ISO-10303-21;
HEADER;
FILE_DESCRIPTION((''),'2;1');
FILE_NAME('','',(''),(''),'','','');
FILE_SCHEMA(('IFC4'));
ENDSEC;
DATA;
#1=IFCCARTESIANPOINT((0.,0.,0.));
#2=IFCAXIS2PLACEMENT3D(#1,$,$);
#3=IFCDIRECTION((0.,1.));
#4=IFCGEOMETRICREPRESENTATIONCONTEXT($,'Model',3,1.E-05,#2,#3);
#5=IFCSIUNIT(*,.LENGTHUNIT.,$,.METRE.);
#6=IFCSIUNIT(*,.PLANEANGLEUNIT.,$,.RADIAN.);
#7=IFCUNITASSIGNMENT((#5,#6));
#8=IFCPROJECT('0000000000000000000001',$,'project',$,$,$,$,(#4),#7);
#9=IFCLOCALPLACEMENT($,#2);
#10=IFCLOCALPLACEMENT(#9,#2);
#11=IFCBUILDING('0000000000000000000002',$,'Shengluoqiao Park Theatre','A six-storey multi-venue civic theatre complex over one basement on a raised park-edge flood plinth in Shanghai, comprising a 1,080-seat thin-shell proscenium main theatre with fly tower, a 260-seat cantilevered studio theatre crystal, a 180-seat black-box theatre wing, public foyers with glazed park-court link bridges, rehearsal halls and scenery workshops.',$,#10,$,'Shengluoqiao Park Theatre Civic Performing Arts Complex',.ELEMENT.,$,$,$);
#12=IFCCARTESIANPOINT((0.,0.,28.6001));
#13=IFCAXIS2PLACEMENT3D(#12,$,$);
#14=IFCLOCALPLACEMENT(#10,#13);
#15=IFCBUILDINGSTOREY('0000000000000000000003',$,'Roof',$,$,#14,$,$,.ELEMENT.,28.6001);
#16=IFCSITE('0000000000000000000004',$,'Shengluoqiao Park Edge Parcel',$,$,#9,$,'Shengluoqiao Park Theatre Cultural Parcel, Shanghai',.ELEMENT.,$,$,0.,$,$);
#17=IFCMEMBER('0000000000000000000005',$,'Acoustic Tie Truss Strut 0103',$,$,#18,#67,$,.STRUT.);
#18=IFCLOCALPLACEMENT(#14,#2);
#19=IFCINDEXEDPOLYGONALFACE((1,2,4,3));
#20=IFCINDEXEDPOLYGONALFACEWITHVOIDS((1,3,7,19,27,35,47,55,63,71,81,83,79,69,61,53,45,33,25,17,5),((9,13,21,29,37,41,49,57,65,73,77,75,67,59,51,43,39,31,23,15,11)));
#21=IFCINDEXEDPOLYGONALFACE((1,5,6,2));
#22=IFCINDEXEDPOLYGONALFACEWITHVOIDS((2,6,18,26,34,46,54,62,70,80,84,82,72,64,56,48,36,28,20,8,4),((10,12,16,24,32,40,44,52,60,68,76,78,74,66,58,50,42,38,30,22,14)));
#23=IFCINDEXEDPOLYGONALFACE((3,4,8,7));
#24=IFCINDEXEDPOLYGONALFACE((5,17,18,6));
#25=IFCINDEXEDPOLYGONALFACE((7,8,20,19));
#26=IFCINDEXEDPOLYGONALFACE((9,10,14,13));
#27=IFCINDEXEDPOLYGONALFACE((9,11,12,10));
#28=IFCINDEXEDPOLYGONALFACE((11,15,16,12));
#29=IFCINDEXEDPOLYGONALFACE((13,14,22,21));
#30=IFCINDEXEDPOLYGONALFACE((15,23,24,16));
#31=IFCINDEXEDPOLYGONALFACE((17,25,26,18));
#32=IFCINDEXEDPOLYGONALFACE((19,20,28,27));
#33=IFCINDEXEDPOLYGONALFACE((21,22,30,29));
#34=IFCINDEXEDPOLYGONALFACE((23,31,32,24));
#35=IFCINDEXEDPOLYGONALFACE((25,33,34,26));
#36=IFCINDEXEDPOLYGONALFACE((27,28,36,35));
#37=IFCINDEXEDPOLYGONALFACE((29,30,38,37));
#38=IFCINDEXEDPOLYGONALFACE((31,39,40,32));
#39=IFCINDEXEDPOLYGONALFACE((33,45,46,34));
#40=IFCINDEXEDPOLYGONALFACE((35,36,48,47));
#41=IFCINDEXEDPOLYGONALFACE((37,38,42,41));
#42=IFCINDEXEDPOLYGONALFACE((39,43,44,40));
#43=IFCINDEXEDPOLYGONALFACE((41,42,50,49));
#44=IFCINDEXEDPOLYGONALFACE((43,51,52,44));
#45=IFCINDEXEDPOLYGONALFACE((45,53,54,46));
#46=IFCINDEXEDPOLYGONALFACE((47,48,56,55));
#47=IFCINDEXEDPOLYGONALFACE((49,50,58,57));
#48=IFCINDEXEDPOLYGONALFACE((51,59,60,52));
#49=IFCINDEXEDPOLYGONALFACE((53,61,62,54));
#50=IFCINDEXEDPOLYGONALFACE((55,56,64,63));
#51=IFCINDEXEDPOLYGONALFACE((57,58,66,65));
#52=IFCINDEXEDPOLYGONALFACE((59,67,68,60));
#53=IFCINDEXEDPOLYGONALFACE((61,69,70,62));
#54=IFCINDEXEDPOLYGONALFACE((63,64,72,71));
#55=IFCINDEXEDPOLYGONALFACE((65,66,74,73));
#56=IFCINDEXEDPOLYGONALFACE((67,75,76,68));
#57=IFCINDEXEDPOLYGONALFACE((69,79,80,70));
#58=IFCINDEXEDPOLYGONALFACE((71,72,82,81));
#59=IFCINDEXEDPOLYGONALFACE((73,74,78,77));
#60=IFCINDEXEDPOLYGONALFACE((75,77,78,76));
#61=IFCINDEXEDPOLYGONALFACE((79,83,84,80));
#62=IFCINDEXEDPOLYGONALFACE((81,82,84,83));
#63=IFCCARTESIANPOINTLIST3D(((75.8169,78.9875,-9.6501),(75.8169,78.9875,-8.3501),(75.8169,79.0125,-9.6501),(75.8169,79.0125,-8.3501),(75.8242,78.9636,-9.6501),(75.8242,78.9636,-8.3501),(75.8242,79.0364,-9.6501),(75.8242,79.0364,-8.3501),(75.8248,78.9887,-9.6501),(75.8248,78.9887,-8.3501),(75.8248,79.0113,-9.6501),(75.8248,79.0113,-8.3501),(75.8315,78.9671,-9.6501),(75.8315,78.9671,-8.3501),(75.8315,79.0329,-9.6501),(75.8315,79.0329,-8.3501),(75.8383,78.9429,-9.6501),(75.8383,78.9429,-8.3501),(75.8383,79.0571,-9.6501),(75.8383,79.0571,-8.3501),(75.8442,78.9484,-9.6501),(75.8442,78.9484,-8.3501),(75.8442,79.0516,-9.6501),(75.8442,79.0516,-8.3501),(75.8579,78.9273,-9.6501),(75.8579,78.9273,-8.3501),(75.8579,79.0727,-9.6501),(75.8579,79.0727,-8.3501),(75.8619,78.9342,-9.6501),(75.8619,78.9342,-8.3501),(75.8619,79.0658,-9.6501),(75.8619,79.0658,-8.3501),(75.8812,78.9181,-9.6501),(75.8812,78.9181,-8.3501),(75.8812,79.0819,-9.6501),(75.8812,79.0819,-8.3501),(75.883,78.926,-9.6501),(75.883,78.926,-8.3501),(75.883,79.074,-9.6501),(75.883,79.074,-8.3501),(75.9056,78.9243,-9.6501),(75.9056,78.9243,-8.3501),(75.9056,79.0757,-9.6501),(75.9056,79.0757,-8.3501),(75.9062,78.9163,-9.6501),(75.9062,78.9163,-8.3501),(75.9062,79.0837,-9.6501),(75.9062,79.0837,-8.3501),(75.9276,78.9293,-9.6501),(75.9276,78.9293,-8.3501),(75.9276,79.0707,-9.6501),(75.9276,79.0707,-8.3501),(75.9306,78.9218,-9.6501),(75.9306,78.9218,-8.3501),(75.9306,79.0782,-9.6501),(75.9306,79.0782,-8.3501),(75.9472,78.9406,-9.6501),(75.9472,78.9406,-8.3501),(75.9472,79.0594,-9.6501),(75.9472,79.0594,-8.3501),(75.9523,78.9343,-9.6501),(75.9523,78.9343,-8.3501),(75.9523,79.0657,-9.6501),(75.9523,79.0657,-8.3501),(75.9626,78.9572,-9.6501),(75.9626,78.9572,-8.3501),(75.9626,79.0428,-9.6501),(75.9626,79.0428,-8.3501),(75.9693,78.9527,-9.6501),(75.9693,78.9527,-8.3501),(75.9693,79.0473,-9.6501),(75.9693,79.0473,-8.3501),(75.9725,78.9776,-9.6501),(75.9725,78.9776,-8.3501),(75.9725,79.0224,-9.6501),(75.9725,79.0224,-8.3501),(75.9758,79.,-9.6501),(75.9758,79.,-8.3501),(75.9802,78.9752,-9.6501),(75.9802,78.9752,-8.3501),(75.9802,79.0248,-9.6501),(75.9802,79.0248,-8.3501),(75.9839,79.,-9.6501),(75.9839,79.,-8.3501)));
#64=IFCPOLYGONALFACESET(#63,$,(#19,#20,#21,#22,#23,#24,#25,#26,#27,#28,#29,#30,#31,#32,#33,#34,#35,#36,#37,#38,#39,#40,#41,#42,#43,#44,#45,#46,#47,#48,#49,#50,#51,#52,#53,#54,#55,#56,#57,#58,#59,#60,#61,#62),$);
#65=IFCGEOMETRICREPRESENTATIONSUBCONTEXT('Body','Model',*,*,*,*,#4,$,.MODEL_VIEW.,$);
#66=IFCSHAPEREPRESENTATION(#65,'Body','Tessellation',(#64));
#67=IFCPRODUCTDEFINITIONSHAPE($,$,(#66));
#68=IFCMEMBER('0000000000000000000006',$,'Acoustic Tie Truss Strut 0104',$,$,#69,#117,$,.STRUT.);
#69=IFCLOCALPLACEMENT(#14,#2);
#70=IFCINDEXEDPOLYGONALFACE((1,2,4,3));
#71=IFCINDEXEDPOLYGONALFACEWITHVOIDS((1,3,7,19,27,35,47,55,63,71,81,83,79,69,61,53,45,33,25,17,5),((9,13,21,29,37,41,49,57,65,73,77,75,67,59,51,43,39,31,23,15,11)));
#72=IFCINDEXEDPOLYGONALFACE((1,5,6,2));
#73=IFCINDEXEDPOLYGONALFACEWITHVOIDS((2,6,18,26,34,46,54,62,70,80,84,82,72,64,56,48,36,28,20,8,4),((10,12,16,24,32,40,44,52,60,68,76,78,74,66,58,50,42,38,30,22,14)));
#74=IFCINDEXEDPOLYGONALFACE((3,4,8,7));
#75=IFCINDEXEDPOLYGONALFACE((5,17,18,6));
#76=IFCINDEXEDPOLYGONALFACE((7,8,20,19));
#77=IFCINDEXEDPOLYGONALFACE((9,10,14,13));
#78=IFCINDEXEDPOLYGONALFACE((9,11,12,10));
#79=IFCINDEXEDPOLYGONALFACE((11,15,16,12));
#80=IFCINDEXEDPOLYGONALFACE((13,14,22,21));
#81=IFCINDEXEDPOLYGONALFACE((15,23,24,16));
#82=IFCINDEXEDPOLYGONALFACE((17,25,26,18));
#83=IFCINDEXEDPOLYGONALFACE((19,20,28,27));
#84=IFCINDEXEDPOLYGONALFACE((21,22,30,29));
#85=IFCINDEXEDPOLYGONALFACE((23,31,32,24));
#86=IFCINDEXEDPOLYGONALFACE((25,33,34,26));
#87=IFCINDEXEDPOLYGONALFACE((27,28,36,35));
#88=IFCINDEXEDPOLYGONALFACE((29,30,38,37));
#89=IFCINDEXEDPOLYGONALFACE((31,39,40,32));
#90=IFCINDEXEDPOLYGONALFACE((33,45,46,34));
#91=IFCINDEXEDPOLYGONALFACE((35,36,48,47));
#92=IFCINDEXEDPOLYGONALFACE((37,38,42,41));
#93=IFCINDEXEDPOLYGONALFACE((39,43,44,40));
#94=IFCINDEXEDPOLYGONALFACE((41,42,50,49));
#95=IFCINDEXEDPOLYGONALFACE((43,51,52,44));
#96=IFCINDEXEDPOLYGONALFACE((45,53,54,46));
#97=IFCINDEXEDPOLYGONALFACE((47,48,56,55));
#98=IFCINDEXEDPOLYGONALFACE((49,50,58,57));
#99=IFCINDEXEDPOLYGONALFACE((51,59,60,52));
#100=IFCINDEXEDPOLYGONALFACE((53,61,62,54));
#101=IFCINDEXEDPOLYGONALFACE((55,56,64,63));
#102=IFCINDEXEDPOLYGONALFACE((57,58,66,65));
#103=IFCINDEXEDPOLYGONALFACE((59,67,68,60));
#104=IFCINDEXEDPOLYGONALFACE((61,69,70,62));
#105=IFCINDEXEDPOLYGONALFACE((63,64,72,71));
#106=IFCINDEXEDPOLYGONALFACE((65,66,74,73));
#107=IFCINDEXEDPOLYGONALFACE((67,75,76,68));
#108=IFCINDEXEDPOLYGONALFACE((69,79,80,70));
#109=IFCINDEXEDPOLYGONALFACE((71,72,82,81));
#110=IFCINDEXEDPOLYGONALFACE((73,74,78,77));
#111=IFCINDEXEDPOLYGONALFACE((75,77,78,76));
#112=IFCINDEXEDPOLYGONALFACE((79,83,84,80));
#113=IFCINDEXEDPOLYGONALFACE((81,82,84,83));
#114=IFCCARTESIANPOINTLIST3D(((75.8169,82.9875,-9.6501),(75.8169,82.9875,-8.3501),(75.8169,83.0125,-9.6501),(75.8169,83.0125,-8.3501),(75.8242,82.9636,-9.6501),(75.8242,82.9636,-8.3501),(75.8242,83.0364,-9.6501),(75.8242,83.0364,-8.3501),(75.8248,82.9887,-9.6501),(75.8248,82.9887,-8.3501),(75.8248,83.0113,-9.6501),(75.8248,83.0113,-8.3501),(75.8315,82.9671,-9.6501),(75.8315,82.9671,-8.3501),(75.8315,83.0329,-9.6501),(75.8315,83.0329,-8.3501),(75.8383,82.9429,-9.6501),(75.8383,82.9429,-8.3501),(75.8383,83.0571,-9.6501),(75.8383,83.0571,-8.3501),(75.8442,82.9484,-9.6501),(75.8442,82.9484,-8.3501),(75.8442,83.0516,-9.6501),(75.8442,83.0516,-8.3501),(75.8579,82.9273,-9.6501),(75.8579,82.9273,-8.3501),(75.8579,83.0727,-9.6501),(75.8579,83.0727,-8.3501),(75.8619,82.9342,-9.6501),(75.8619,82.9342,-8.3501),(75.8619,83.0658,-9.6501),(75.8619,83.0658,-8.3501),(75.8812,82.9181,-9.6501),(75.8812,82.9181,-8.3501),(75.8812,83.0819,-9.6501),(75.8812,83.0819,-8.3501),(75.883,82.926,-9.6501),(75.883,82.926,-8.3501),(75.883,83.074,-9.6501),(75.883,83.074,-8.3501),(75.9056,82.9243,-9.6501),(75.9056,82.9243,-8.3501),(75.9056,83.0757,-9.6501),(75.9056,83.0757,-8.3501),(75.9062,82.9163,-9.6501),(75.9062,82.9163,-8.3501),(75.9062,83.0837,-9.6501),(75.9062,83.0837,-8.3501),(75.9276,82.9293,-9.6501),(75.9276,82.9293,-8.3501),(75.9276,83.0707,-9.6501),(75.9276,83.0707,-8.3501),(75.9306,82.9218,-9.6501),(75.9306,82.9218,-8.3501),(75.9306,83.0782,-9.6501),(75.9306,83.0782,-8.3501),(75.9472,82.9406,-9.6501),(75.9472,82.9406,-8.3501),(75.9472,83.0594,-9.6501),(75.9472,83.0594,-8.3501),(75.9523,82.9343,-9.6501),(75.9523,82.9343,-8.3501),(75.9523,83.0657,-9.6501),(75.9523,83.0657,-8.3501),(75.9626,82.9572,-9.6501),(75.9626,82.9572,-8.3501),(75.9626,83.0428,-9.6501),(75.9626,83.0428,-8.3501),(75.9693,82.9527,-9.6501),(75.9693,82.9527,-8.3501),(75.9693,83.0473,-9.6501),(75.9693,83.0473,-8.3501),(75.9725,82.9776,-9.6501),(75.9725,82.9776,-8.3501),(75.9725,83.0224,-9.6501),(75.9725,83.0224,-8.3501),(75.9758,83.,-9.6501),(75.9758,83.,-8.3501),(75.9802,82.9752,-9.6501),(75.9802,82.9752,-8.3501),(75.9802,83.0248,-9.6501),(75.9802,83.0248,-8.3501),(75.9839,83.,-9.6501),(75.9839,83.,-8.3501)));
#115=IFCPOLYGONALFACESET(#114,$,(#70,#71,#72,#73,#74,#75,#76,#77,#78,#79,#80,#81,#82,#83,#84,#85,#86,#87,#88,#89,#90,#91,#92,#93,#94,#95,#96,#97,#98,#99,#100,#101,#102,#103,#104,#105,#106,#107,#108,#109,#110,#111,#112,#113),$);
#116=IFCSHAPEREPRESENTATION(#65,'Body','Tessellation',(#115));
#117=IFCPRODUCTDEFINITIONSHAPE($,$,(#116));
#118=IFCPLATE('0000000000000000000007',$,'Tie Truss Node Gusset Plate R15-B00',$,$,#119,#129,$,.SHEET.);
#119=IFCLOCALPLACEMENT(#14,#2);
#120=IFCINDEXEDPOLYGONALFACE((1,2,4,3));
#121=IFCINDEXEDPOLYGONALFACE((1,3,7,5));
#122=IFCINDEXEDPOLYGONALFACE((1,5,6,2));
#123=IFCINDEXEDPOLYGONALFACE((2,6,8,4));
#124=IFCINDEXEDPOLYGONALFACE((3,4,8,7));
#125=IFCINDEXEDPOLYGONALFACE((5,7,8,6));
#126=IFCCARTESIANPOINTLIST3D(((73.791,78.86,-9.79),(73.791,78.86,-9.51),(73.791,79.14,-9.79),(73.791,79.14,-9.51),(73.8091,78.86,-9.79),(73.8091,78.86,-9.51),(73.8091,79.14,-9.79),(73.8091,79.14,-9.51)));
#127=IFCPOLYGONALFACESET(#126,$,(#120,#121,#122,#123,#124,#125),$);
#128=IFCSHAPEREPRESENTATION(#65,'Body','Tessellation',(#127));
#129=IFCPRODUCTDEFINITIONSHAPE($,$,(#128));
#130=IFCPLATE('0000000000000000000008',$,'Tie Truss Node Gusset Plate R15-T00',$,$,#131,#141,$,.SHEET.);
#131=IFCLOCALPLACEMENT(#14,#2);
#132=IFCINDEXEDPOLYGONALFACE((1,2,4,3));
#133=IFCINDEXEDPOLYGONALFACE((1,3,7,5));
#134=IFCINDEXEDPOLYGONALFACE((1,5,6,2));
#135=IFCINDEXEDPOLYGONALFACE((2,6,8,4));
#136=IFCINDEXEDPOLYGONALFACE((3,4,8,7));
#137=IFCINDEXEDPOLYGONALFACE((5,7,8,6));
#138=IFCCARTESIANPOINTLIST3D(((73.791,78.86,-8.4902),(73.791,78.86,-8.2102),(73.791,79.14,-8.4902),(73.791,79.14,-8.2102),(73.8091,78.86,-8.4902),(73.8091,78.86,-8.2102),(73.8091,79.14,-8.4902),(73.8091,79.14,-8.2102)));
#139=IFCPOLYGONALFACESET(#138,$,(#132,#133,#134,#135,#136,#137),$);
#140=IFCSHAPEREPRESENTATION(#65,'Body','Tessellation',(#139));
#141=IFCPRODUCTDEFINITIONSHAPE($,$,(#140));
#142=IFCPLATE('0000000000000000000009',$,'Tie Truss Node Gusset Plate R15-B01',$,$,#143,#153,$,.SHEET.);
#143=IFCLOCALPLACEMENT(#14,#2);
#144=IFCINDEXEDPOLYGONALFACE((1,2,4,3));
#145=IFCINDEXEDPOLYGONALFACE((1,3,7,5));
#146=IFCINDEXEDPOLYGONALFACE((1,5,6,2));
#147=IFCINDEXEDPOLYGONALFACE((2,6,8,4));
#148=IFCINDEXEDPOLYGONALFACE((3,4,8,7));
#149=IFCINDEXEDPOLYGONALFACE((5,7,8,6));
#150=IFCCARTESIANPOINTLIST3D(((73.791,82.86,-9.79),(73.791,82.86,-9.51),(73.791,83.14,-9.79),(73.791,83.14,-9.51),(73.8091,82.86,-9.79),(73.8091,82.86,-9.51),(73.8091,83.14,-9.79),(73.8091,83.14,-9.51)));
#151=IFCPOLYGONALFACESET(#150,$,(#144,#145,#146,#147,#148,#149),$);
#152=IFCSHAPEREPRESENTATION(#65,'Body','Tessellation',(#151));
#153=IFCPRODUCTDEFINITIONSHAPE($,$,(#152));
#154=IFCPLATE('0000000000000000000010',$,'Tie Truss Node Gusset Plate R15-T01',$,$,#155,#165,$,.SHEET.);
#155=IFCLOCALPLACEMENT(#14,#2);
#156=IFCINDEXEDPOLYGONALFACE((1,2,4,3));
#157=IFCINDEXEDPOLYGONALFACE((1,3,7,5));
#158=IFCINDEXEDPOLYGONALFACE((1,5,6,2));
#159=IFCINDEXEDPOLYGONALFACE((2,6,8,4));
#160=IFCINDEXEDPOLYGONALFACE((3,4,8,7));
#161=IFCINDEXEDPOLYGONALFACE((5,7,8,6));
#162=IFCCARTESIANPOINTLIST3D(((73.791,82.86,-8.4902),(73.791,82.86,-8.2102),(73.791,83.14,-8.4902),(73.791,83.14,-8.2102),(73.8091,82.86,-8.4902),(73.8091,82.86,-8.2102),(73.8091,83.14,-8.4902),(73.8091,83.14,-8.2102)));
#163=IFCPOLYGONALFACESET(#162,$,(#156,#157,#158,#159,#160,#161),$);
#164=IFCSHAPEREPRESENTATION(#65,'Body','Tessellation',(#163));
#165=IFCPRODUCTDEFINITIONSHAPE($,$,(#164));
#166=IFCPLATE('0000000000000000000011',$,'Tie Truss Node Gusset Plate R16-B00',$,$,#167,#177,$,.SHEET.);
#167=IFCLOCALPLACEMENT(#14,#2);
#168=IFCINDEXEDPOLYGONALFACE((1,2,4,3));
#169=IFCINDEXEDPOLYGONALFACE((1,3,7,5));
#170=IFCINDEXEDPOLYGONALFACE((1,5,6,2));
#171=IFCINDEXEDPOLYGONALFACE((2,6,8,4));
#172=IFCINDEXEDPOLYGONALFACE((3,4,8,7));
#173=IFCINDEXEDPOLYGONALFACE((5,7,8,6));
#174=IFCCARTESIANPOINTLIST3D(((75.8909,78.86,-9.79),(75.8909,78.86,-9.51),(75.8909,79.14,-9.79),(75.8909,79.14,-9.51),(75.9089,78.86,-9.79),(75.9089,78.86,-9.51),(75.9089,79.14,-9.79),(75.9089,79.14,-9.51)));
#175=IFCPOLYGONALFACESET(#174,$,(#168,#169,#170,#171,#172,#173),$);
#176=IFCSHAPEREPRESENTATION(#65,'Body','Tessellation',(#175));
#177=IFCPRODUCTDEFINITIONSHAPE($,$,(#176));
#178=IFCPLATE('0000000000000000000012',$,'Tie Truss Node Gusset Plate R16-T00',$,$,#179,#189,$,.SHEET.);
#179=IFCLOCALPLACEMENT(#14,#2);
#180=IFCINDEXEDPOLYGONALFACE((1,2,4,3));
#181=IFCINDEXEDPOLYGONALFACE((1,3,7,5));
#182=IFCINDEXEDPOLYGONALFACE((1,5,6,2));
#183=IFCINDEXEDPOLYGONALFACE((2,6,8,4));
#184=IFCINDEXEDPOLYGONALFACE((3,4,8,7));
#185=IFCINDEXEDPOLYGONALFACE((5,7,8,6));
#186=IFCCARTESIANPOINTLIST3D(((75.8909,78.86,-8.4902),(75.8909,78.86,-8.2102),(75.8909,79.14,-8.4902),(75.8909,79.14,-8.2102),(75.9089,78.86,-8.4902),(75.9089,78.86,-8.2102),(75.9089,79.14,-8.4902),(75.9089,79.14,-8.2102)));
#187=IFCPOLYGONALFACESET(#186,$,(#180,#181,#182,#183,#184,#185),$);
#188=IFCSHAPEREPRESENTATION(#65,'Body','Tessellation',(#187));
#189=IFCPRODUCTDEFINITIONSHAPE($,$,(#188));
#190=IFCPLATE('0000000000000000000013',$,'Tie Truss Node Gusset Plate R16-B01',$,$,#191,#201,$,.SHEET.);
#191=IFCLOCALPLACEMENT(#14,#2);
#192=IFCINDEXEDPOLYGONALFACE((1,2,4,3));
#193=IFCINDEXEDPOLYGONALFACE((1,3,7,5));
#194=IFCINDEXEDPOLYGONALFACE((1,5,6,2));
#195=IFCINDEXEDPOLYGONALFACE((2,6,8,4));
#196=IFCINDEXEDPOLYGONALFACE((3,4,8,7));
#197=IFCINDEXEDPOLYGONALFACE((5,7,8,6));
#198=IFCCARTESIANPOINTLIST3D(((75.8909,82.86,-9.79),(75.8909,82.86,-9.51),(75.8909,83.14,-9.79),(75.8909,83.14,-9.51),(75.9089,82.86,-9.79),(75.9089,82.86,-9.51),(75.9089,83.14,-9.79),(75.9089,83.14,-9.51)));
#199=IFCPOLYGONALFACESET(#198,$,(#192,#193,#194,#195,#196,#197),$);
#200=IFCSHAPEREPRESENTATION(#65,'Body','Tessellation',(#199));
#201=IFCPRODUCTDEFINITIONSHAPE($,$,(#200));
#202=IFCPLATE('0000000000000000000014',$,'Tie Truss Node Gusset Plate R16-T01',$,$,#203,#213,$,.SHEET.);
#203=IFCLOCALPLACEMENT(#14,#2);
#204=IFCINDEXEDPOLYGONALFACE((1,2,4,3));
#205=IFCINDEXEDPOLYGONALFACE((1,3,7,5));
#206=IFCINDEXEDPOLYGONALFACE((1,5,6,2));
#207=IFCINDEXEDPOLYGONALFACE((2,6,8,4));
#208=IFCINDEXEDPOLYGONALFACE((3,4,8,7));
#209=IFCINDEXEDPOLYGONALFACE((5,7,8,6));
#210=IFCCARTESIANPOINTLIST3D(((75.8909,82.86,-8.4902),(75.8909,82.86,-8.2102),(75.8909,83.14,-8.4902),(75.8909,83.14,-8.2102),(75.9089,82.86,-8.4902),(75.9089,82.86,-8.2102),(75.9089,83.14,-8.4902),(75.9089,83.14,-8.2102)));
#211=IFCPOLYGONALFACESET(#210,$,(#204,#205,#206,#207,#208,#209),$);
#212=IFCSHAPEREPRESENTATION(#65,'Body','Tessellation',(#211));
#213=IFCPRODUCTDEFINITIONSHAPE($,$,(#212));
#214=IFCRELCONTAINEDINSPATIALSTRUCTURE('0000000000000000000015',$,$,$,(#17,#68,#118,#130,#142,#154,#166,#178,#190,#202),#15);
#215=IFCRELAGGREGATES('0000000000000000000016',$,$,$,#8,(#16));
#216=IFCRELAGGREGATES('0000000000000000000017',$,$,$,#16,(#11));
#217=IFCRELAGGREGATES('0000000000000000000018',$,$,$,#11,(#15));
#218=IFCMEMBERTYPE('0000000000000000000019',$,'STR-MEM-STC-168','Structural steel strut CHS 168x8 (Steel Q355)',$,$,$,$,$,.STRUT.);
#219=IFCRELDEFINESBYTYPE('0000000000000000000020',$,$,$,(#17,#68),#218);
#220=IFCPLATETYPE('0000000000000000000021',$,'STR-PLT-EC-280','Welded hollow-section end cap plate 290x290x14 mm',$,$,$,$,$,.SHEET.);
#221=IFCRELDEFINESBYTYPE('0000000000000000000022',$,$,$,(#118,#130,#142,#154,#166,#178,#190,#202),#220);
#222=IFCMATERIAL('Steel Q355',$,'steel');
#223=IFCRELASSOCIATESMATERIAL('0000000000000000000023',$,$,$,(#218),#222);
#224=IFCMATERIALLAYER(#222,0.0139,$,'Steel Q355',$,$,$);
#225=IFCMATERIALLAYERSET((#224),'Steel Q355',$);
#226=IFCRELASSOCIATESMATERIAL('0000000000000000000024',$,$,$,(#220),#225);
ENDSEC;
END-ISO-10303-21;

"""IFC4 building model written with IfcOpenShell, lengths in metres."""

from ifc_helpers import new_model, si_unit, direction, frame, origin, origin_2d, place, context, subcontext, project, spatial, rectangle, hollow_circle, extrude, material, layer, layer_set, material_profile, profile_set, type_object, element, save


model = new_model("IFC4")

# Units and contexts
model_context = context("Model", 3, precision=1e-05, world=origin(), true_north=direction((0.0, 1.0)))
body_context = subcontext(model_context, "Body", "Model", "MODEL_VIEW")
ifc_project = project(units=[si_unit("LENGTHUNIT", "METRE"), si_unit("PLANEANGLEUNIT", "RADIAN")], contexts=[model_context])

# Site, building, storey
site_placement = place(None, origin())
site = spatial("IfcSite", under=ifc_project, at=site_placement, Name="Shengluoqiao Park Edge Parcel", LongName="Shengluoqiao Park Theatre Cultural Parcel, Shanghai", CompositionType="ELEMENT", RefElevation=0.0)
building_placement = place(site_placement, origin())
building = spatial("IfcBuilding", under=site, at=building_placement, Name="Shengluoqiao Park Theatre", Description="A six-storey multi-venue civic theatre complex over one basement on a raised park-edge flood plinth in Shanghai, comprising a 1,080-seat thin-shell proscenium main theatre with fly tower, a 260-seat cantilevered studio theatre crystal, a 180-seat black-box theatre wing, public foyers with glazed park-court link bridges, rehearsal halls and scenery workshops.", LongName="Shengluoqiao Park Theatre Civic Performing Arts Complex", CompositionType="ELEMENT")
storey_placement = place(building_placement, frame((0.0, 0.0, 28.6001)))
storey = spatial("IfcBuildingStorey", under=building, at=storey_placement, Name="Roof", CompositionType="ELEMENT", Elevation=28.6001)

# Shared definitions
ifc_material_1 = material(Name="Steel Q355", Category="steel")

# Members
ifc_material_profile_1 = material_profile(ifc_material_1, hollow_circle(Radius=0.084, WallThickness=0.0081, at=origin_2d()), Name="CHS 168x8")
ifc_profile_set_1 = profile_set([ifc_material_profile_1], Name="Steel Q355")
member_type_1 = type_object("IfcMemberType", Name="STR-MEM-STC-168", Description="Structural steel strut CHS 168x8 (Steel Q355)", PredefinedType="STRUT", material=ifc_profile_set_1)
for number, where, z_axis, x_axis, name in (
    (1, (75.8999, 79.0, -9.6501), (0.0, 0.0, 1.0), (1.0, 0.0, 0.0), "Acoustic Tie Truss Strut 0103"),
    (2, (75.8999, 83.0, -9.6501), (0.0, 0.0, 1.0), (1.0, 0.0, 0.0), "Acoustic Tie Truss Strut 0104"),
):
    element("IfcMember", number, at=place(storey_placement, frame(where, z_axis=z_axis, x_axis=x_axis)), inside=storey, type_object=member_type_1, Name=name, PredefinedType="STRUT", context=body_context, shape_type="SweptSolid", body=[
        extrude(hollow_circle(Radius=0.084, WallThickness=0.0081, at=origin_2d()), origin(), (0.0, 0.0, 1.0), 1.3),
    ])

# Plates
ifc_layer_1 = layer(ifc_material_1, 0.0139, Name="Steel Q355")
ifc_layer_set_1 = layer_set([ifc_layer_1], Name="Steel Q355")
plate_type_1 = type_object("IfcPlateType", Name="STR-PLT-EC-280", Description="Welded hollow-section end cap plate 290x290x14 mm", PredefinedType="SHEET", material=ifc_layer_set_1)
for number, where, z_axis, x_axis, name in (
    (3, (73.8, 79.0, -9.79), (0.0, 0.0, 1.0), (1.0, 0.0, 0.0), "Tie Truss Node Gusset Plate R15-B00"),
    (4, (73.8, 79.0, -8.4902), (0.0, 0.0, 1.0), (1.0, 0.0, 0.0), "Tie Truss Node Gusset Plate R15-T00"),
    (5, (73.8, 83.0, -9.79), (0.0, 0.0, 1.0), (1.0, 0.0, 0.0), "Tie Truss Node Gusset Plate R15-B01"),
    (6, (73.8, 83.0, -8.4902), (0.0, 0.0, 1.0), (1.0, 0.0, 0.0), "Tie Truss Node Gusset Plate R15-T01"),
    (7, (75.8999, 79.0, -9.79), (0.0, 0.0, 1.0), (1.0, 0.0, 0.0), "Tie Truss Node Gusset Plate R16-B00"),
    (8, (75.8999, 79.0, -8.4902), (0.0, 0.0, 1.0), (1.0, 0.0, 0.0), "Tie Truss Node Gusset Plate R16-T00"),
    (9, (75.8999, 83.0, -9.79), (0.0, 0.0, 1.0), (1.0, 0.0, 0.0), "Tie Truss Node Gusset Plate R16-B01"),
    (10, (75.8999, 83.0, -8.4902), (0.0, 0.0, 1.0), (1.0, 0.0, 0.0), "Tie Truss Node Gusset Plate R16-T01"),
):
    element("IfcPlate", number, at=place(storey_placement, frame(where, z_axis=z_axis, x_axis=x_axis)), inside=storey, type_object=plate_type_1, Name=name, PredefinedType="SHEET", context=body_context, shape_type="SweptSolid", body=[
        extrude(rectangle(XDim=0.0181, YDim=0.28, at=origin_2d()), origin(), (0.0, 0.0, 1.0), 0.28),
    ])

save(model, "model.ifc")
